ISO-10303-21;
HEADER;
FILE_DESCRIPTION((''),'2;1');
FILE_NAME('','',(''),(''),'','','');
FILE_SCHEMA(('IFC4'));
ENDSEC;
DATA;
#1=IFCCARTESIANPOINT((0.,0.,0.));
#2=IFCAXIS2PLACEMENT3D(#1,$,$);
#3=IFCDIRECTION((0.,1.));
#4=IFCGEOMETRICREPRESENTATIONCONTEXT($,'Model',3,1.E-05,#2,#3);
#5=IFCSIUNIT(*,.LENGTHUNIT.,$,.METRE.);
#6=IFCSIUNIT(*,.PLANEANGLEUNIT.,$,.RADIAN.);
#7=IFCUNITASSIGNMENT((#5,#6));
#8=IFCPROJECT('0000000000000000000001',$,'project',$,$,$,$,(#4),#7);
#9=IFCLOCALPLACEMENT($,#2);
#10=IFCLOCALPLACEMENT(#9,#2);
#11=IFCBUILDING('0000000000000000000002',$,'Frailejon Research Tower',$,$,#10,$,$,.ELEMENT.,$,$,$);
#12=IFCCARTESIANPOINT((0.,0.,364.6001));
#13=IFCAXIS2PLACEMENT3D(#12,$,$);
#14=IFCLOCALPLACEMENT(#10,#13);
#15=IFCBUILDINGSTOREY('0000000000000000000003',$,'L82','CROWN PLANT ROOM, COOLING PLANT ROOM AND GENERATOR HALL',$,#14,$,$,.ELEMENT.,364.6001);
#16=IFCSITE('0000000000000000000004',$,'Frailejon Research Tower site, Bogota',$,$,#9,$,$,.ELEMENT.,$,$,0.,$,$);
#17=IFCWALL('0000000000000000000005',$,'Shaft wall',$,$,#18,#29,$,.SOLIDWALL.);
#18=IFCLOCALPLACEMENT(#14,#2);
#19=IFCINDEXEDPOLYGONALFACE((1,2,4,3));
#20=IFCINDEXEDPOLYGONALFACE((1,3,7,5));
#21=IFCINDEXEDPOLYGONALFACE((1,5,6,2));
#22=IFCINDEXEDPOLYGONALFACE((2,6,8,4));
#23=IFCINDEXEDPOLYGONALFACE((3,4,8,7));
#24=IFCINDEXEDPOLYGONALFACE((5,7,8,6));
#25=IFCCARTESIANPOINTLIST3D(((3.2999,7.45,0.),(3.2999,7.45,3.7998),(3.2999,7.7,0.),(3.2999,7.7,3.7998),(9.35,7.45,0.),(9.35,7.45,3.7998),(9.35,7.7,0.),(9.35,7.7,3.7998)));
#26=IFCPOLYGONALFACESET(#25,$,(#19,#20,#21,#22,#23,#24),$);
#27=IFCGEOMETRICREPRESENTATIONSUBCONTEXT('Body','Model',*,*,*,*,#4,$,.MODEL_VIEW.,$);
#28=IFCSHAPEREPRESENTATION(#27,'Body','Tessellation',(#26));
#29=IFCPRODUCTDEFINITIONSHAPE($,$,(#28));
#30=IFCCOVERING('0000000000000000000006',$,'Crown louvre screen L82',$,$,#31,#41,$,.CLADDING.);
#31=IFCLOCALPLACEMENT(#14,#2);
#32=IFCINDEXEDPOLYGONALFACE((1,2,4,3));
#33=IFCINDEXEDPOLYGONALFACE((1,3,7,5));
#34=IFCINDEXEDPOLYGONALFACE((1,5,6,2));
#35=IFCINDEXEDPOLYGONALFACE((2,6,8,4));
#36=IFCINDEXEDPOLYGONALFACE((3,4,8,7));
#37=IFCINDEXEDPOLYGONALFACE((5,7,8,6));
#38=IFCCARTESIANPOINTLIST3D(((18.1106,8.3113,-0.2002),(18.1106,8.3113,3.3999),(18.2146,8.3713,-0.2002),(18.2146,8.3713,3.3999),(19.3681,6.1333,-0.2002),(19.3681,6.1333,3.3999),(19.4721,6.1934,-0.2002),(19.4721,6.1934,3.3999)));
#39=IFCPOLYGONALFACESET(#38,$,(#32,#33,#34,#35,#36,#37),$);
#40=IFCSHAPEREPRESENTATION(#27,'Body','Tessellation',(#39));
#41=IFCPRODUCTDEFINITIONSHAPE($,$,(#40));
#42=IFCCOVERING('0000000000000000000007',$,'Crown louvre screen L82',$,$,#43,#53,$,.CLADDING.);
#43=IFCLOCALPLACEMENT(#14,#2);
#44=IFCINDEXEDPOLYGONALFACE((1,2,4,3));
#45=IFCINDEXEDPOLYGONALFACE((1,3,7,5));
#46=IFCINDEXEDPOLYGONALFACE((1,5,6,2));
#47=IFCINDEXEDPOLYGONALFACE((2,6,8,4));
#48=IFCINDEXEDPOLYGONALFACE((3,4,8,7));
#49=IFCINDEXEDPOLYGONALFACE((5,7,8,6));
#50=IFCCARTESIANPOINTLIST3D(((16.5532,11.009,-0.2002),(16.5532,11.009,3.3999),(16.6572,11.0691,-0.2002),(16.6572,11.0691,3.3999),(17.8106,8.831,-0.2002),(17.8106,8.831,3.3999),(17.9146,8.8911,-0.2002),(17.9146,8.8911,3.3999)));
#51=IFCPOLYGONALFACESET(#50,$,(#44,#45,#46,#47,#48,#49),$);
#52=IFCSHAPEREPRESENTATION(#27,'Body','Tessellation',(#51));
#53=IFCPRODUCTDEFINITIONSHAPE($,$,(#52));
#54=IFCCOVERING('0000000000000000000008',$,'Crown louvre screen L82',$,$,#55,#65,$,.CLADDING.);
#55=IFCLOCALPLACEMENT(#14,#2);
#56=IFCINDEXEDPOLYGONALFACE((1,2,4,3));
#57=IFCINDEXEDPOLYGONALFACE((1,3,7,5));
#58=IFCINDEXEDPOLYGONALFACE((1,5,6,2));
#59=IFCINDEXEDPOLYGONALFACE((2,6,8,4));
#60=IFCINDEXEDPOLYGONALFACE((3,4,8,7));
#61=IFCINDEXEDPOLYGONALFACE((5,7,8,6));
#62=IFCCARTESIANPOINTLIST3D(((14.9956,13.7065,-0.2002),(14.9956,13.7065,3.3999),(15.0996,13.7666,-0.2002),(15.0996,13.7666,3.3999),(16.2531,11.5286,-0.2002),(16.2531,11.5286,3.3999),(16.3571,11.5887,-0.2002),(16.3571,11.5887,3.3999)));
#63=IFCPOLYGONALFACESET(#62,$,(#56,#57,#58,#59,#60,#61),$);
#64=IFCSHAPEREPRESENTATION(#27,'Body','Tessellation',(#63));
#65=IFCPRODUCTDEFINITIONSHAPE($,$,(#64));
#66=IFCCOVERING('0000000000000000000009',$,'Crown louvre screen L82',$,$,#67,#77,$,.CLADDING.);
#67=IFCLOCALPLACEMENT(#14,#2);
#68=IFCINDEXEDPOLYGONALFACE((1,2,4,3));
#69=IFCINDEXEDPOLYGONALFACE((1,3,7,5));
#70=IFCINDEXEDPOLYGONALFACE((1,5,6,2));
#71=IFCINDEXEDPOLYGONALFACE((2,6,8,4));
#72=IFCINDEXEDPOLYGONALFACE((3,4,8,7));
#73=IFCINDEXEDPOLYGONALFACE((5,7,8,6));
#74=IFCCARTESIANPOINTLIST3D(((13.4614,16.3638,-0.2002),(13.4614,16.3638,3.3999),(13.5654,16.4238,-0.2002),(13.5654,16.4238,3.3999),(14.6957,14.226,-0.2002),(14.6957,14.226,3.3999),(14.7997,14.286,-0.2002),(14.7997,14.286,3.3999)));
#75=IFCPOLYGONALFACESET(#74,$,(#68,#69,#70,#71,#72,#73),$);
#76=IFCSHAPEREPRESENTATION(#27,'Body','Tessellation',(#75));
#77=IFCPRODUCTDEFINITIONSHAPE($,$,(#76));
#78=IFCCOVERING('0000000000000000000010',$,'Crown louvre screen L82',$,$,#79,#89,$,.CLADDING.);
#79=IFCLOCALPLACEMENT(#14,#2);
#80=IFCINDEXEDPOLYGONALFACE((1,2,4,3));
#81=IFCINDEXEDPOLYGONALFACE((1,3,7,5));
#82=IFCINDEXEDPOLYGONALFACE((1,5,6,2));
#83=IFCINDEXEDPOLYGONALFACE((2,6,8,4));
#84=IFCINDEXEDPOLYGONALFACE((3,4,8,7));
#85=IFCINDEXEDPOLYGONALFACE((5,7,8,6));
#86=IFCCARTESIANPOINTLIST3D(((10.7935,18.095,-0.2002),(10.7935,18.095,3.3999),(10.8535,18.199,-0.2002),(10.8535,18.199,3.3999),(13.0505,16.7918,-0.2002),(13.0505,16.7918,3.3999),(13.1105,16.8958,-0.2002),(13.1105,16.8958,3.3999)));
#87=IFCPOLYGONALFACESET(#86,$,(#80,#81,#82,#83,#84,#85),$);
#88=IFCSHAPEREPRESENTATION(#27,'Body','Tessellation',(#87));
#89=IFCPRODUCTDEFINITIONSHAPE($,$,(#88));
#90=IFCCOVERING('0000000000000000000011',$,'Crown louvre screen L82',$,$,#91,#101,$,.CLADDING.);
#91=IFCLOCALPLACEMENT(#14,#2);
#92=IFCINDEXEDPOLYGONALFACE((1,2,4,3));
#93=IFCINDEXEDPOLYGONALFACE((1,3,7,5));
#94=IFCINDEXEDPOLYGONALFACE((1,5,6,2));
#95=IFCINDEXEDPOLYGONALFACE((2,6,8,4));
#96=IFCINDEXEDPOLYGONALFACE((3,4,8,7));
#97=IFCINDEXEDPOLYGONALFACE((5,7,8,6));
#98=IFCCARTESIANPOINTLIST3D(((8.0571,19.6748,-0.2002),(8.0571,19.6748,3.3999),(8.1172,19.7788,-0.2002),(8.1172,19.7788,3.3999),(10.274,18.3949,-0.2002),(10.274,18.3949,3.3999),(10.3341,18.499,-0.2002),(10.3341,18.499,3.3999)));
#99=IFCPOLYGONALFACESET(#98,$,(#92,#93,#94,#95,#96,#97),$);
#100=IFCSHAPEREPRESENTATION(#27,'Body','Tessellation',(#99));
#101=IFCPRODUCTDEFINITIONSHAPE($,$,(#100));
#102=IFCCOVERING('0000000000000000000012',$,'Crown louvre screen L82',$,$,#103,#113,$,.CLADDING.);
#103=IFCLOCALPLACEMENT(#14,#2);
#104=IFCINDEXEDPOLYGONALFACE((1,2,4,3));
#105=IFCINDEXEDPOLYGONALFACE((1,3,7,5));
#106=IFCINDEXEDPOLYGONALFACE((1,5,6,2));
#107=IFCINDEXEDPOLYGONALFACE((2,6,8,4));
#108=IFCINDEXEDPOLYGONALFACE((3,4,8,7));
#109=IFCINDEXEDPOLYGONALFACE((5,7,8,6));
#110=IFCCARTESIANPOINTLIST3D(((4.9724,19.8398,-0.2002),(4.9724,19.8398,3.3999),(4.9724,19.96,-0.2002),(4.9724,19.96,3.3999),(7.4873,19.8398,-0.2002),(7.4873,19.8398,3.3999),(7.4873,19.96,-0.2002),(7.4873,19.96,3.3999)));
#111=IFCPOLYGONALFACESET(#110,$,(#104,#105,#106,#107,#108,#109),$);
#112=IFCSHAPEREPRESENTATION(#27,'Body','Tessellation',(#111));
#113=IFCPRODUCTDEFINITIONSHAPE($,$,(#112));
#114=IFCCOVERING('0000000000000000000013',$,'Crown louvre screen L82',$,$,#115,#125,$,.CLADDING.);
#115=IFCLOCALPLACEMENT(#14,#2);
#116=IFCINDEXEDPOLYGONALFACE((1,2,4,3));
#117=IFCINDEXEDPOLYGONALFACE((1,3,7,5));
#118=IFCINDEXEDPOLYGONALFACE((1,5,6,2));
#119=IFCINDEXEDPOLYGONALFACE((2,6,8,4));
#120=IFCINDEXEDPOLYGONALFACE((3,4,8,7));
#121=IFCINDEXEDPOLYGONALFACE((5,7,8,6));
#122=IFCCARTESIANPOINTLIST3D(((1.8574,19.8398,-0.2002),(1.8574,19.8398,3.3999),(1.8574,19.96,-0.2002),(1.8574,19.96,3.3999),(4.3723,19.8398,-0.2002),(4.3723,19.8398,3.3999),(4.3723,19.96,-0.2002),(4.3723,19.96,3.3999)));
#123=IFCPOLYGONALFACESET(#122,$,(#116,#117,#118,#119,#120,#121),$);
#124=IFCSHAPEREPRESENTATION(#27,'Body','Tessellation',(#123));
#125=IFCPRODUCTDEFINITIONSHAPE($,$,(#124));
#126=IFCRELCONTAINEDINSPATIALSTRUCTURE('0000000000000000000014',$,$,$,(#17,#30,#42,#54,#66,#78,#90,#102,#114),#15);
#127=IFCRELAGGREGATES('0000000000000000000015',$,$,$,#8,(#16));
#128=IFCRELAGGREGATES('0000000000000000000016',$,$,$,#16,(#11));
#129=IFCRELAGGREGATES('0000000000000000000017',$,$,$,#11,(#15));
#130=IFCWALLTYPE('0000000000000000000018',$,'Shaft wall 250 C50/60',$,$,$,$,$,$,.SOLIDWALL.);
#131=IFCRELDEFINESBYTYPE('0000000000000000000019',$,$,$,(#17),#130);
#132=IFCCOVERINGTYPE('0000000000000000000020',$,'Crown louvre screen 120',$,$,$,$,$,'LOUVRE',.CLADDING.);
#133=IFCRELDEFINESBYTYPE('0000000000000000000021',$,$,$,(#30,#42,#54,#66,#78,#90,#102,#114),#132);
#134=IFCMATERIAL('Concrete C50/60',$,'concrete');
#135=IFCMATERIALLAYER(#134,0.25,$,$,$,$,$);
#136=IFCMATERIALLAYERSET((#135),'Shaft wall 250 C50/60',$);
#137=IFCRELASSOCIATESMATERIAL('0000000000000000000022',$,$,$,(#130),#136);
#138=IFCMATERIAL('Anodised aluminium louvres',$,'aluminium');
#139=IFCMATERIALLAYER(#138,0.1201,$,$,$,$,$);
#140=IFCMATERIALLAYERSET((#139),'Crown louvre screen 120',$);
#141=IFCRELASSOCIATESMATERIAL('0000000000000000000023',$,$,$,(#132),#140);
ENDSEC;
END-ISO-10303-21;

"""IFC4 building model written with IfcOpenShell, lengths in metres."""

from ifc_helpers import new_model, si_unit, direction, frame, frame_2d, origin, place, context, subcontext, project, spatial, polyline, rectangle, outline, extrude, material, layer, layer_set, type_object, element, save


model = new_model("IFC4")

# Units and contexts
model_context = context("Model", 3, precision=1e-05, world=origin(), true_north=direction((0.0, 1.0)))
body_context = subcontext(model_context, "Body", "Model", "MODEL_VIEW")
ifc_project = project(units=[si_unit("LENGTHUNIT", "METRE"), si_unit("PLANEANGLEUNIT", "RADIAN")], contexts=[model_context])

# Site, building, storey
site_placement = place(None, origin())
site = spatial("IfcSite", under=ifc_project, at=site_placement, Name="Frailejon Research Tower site, Bogota", CompositionType="ELEMENT", RefElevation=0.0)
building_placement = place(site_placement, origin())
building = spatial("IfcBuilding", under=site, at=building_placement, Name="Frailejon Research Tower", CompositionType="ELEMENT")
storey_placement = place(building_placement, frame((0.0, 0.0, 364.6001)))
storey = spatial("IfcBuildingStorey", under=building, at=storey_placement, Name="L82", Description="CROWN PLANT ROOM, COOLING PLANT ROOM AND GENERATOR HALL", CompositionType="ELEMENT", Elevation=364.6001)

# Wall
ifc_material_1 = material(Name="Concrete C50/60", Category="concrete")
ifc_layer_1 = layer(ifc_material_1, 0.25)
ifc_layer_set_1 = layer_set([ifc_layer_1], Name="Shaft wall 250 C50/60")
wall_type_1 = type_object("IfcWallType", Name="Shaft wall 250 C50/60", PredefinedType="SOLIDWALL", material=ifc_layer_set_1)
wall_1_placement = place(storey_placement, frame((3.3, 7.575, 0.0), z_axis=(0.0, 0.0, 1.0), x_axis=(1.0, 0.0, 0.0)))
element("IfcWall", 1, at=wall_1_placement, inside=storey, type_object=wall_type_1, Name="Shaft wall", PredefinedType="SOLIDWALL", context=body_context, shape_type="SweptSolid", body=[
    extrude(rectangle(XDim=6.05, YDim=0.25, at=frame_2d((3.0249, 0.0))), origin(), (0.0, 0.0, 1.0), 3.7998),
])

# Coverings
ifc_material_2 = material(Name="Anodised aluminium louvres", Category="aluminium")
ifc_layer_2 = layer(ifc_material_2, 0.1201)
ifc_layer_set_2 = layer_set([ifc_layer_2], Name="Crown louvre screen 120")
covering_type = type_object("IfcCoveringType", Name="Crown louvre screen 120", ElementType="LOUVRE", PredefinedType="CLADDING", material=ifc_layer_set_2)
for number, where, z_axis, x_axis, name in (
    (2, (18.1626, 8.3413, -0.2002), (0.500009, -0.86602, 0.0), (0.86602, 0.500009, 0.0), "Crown louvre screen L82"),
    (3, (16.6052, 11.0391, -0.2002), (0.499979, -0.866037, 0.0), (0.866037, 0.499979, 0.0), "Crown louvre screen L82"),
    (4, (15.0476, 13.7366, -0.2002), (0.500009, -0.86602, 0.0), (0.86602, 0.500009, 0.0), "Crown louvre screen L82"),
):
    element("IfcCovering", number, at=place(storey_placement, frame(where, z_axis=z_axis, x_axis=x_axis)), inside=storey, type_object=covering_type, Name=name, PredefinedType="CLADDING", context=body_context, shape_type="SweptSolid", body=[
        extrude(outline(polyline([(-0.0601, 0.0), (0.0601, 0.0), (0.0601, 3.6001), (-0.0601, 3.6001), (-0.0601, 0.0)])), origin(), (0.0, 0.0, 1.0), 2.5149),
    ])
covering_1_placement = place(storey_placement, frame((13.5134, 16.3938, -0.2002), z_axis=(0.499999, -0.866026, 0.0), x_axis=(0.866026, 0.499999, 0.0)))
element("IfcCovering", 5, at=covering_1_placement, inside=storey, type_object=covering_type, Name="Crown louvre screen L82", PredefinedType="CLADDING", context=body_context, shape_type="SweptSolid", body=[
    extrude(outline(polyline([(-0.0601, 0.0), (0.0601, 0.0), (0.0601, 3.6001), (-0.0601, 3.6001), (-0.0601, 0.0)])), origin(), (0.0, 0.0, 1.0), 2.4685),
])
covering_2_placement = place(storey_placement, frame((10.8235, 18.147, -0.2002), z_axis=(0.866012, -0.500022, 0.0), x_axis=(0.500022, 0.866012, 0.0)))
element("IfcCovering", 6, at=covering_2_placement, inside=storey, type_object=covering_type, Name="Crown louvre screen L82", PredefinedType="CLADDING", context=body_context, shape_type="SweptSolid", body=[
    extrude(outline(polyline([(-0.0601, 0.0), (0.0601, 0.0), (0.0601, 3.6001), (-0.0601, 3.6001), (-0.0601, 0.0)])), origin(), (0.0, 0.0, 1.0), 2.6062),
])
covering_3_placement = place(storey_placement, frame((8.0872, 19.7268, -0.2002), z_axis=(0.866037, -0.499979, 0.0), x_axis=(0.499979, 0.866037, 0.0)))
element("IfcCovering", 7, at=covering_3_placement, inside=storey, type_object=covering_type, Name="Crown louvre screen L82", PredefinedType="CLADDING", context=body_context, shape_type="SweptSolid", body=[
    extrude(outline(polyline([(-0.0601, 0.0), (0.0601, 0.0), (0.0601, 3.6001), (-0.0601, 3.6001), (-0.0601, 0.0)])), origin(), (0.0, 0.0, 1.0), 2.5598),
])
for number, where, z_axis, x_axis, name in (
    (8, (4.9724, 19.8999, -0.2002), (1.0, 0.0, 0.0), (0.0, 1.0, 0.0), "Crown louvre screen L82"),
    (9, (1.8574, 19.8999, -0.2002), (1.0, 0.0, 0.0), (0.0, 1.0, 0.0), "Crown louvre screen L82"),
):
    element("IfcCovering", number, at=place(storey_placement, frame(where, z_axis=z_axis, x_axis=x_axis)), inside=storey, type_object=covering_type, Name=name, PredefinedType="CLADDING", context=body_context, shape_type="SweptSolid", body=[
        extrude(outline(polyline([(-0.0601, 0.0), (0.0601, 0.0), (0.0601, 3.6001), (-0.0601, 3.6001), (-0.0601, 0.0)])), origin(), (0.0, 0.0, 1.0), 2.5149),
    ])

save(model, "model.ifc")
